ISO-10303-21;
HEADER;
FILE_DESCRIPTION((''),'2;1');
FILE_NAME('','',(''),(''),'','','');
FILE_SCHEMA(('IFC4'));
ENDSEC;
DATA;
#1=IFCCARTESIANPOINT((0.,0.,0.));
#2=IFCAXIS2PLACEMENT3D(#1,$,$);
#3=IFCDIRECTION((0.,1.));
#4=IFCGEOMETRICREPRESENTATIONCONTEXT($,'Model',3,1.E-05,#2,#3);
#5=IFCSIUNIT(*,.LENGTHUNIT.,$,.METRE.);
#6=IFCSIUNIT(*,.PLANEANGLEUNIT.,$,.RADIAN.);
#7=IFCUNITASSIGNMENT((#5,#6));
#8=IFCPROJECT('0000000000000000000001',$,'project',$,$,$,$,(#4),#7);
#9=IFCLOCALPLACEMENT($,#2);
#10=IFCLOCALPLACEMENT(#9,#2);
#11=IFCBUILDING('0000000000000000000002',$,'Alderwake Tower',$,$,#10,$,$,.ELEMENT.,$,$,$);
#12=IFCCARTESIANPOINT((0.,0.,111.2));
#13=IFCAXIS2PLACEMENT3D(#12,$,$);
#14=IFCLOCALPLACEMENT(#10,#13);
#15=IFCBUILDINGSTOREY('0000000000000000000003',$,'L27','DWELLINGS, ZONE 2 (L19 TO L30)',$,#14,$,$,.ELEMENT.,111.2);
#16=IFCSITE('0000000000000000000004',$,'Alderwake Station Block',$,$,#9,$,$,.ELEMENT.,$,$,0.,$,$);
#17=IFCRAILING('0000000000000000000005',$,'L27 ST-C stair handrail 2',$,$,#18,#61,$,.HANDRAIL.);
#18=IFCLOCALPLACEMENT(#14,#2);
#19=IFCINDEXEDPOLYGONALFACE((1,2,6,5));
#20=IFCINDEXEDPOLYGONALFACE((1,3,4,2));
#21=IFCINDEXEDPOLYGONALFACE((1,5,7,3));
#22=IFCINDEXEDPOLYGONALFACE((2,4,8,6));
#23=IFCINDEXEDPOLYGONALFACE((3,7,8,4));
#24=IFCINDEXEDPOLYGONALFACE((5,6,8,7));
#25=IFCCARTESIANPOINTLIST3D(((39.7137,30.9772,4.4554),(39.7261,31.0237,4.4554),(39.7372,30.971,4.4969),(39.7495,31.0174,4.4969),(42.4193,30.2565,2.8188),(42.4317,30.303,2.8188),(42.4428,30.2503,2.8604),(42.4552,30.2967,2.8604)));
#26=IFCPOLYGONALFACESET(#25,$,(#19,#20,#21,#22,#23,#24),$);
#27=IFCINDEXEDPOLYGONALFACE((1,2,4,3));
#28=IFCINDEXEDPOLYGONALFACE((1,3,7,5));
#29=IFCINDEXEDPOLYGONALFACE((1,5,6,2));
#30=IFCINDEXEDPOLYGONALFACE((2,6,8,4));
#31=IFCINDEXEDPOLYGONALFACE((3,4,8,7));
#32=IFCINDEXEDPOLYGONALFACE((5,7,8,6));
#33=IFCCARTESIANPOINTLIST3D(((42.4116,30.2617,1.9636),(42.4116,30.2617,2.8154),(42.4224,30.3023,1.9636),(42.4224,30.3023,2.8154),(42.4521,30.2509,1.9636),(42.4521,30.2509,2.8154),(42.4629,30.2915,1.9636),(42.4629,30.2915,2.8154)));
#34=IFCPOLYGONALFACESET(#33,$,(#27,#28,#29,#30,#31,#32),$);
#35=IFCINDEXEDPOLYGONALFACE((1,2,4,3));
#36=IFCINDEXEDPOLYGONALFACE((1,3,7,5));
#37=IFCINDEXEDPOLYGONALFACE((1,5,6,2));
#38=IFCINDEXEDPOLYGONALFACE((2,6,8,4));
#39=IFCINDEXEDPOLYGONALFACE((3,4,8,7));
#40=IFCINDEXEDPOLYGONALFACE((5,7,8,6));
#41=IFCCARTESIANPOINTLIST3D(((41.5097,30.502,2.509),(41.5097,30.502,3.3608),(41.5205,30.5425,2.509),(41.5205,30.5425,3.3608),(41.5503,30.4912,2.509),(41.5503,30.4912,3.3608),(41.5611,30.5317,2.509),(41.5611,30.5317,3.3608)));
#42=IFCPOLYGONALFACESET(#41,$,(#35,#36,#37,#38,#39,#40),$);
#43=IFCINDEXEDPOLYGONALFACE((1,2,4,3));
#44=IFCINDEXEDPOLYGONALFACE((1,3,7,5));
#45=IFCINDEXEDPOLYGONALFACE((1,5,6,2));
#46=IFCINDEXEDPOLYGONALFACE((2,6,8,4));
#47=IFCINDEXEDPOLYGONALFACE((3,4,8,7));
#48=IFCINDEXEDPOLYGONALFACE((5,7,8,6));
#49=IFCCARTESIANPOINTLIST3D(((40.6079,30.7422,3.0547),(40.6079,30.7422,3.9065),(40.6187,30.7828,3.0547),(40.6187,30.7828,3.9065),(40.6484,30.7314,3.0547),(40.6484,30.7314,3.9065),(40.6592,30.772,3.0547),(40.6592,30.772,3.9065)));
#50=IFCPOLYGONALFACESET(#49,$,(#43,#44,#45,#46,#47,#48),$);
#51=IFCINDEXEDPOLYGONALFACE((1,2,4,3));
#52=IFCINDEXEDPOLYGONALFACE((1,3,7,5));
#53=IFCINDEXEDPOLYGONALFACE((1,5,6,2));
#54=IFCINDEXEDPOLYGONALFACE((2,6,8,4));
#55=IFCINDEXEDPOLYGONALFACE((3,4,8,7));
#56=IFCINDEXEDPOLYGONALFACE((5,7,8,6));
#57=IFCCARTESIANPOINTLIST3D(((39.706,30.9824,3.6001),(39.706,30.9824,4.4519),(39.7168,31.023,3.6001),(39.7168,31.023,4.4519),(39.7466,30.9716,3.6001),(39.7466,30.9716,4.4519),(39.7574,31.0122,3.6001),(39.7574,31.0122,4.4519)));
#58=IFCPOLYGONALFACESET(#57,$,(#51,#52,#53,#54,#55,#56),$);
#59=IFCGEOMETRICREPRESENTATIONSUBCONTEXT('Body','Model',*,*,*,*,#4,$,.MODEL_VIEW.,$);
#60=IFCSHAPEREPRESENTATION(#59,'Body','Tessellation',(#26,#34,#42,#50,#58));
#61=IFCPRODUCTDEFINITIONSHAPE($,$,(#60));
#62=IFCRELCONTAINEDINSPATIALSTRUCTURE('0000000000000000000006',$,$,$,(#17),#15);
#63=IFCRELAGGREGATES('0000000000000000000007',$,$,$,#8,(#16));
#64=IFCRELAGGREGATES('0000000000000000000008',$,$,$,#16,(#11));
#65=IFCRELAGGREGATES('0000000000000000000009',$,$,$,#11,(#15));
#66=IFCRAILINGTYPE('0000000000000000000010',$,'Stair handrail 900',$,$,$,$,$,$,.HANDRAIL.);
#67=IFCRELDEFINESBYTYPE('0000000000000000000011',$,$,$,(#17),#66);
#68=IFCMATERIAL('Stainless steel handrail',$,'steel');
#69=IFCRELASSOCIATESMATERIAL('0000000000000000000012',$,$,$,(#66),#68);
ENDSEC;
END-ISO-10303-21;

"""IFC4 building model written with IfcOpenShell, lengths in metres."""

from ifc_helpers import new_model, si_unit, direction, frame, origin, origin_2d, place, context, subcontext, project, spatial, rectangle, extrude, material, type_object, element, save


model = new_model("IFC4")

# Units and contexts
model_context = context("Model", 3, precision=1e-05, world=origin(), true_north=direction((0.0, 1.0)))
body_context = subcontext(model_context, "Body", "Model", "MODEL_VIEW")
ifc_project = project(units=[si_unit("LENGTHUNIT", "METRE"), si_unit("PLANEANGLEUNIT", "RADIAN")], contexts=[model_context])

# Site, building, storey
site_placement = place(None, origin())
site = spatial("IfcSite", under=ifc_project, at=site_placement, Name="Alderwake Station Block", CompositionType="ELEMENT", RefElevation=0.0)
building_placement = place(site_placement, origin())
building = spatial("IfcBuilding", under=site, at=building_placement, Name="Alderwake Tower", CompositionType="ELEMENT")
storey_placement = place(building_placement, frame((0.0, 0.0, 111.2)))
storey = spatial("IfcBuildingStorey", under=building, at=storey_placement, Name="L27", Description="DWELLINGS, ZONE 2 (L19 TO L30)", CompositionType="ELEMENT", Elevation=111.2)

# Railing
ifc_material_1 = material(Name="Stainless steel handrail", Category="steel")
railing_type_1 = type_object("IfcRailingType", Name="Stair handrail 900", PredefinedType="HANDRAIL", material=ifc_material_1)
railing_1_placement = place(storey_placement, frame((42.4373, 30.2766, 1.9636)))
element("IfcRailing", 1, at=railing_1_placement, inside=storey, type_object=railing_type_1, Name="L27 ST-C stair handrail 2", PredefinedType="HANDRAIL", context=body_context, shape_type="SweptSolid", body=[
    extrude(rectangle(XDim=0.0481, YDim=0.0481, at=origin_2d()), frame((0.0, 0.0, 0.876), z_axis=(-0.834259, 0.222228, 0.504605), x_axis=(-0.257402, -0.966304, 0.0)), (0.0, 0.0, 1.0), 3.2432),
    extrude(rectangle(XDim=0.042, YDim=0.042, at=origin_2d()), frame((0.0, 0.0, 0.0), z_axis=(0.0, 0.0, 1.0), x_axis=(-0.966304, 0.257402, 0.0)), (0.0, 0.0, 1.0), 0.8518),
    extrude(rectangle(XDim=0.042, YDim=0.042, at=origin_2d()), frame((-0.9019, 0.2402, 0.5454), z_axis=(0.0, 0.0, 1.0), x_axis=(-0.966304, 0.257402, 0.0)), (0.0, 0.0, 1.0), 0.8518),
    extrude(rectangle(XDim=0.042, YDim=0.042, at=origin_2d()), frame((-1.8037, 0.4805, 1.0911), z_axis=(0.0, 0.0, 1.0), x_axis=(-0.966304, 0.257402, 0.0)), (0.0, 0.0, 1.0), 0.8518),
    extrude(rectangle(XDim=0.042, YDim=0.042, at=origin_2d()), frame((-2.7056, 0.7207, 1.6365), z_axis=(0.0, 0.0, 1.0), x_axis=(-0.966304, 0.257402, 0.0)), (0.0, 0.0, 1.0), 0.8518),
])

save(model, "model.ifc")
